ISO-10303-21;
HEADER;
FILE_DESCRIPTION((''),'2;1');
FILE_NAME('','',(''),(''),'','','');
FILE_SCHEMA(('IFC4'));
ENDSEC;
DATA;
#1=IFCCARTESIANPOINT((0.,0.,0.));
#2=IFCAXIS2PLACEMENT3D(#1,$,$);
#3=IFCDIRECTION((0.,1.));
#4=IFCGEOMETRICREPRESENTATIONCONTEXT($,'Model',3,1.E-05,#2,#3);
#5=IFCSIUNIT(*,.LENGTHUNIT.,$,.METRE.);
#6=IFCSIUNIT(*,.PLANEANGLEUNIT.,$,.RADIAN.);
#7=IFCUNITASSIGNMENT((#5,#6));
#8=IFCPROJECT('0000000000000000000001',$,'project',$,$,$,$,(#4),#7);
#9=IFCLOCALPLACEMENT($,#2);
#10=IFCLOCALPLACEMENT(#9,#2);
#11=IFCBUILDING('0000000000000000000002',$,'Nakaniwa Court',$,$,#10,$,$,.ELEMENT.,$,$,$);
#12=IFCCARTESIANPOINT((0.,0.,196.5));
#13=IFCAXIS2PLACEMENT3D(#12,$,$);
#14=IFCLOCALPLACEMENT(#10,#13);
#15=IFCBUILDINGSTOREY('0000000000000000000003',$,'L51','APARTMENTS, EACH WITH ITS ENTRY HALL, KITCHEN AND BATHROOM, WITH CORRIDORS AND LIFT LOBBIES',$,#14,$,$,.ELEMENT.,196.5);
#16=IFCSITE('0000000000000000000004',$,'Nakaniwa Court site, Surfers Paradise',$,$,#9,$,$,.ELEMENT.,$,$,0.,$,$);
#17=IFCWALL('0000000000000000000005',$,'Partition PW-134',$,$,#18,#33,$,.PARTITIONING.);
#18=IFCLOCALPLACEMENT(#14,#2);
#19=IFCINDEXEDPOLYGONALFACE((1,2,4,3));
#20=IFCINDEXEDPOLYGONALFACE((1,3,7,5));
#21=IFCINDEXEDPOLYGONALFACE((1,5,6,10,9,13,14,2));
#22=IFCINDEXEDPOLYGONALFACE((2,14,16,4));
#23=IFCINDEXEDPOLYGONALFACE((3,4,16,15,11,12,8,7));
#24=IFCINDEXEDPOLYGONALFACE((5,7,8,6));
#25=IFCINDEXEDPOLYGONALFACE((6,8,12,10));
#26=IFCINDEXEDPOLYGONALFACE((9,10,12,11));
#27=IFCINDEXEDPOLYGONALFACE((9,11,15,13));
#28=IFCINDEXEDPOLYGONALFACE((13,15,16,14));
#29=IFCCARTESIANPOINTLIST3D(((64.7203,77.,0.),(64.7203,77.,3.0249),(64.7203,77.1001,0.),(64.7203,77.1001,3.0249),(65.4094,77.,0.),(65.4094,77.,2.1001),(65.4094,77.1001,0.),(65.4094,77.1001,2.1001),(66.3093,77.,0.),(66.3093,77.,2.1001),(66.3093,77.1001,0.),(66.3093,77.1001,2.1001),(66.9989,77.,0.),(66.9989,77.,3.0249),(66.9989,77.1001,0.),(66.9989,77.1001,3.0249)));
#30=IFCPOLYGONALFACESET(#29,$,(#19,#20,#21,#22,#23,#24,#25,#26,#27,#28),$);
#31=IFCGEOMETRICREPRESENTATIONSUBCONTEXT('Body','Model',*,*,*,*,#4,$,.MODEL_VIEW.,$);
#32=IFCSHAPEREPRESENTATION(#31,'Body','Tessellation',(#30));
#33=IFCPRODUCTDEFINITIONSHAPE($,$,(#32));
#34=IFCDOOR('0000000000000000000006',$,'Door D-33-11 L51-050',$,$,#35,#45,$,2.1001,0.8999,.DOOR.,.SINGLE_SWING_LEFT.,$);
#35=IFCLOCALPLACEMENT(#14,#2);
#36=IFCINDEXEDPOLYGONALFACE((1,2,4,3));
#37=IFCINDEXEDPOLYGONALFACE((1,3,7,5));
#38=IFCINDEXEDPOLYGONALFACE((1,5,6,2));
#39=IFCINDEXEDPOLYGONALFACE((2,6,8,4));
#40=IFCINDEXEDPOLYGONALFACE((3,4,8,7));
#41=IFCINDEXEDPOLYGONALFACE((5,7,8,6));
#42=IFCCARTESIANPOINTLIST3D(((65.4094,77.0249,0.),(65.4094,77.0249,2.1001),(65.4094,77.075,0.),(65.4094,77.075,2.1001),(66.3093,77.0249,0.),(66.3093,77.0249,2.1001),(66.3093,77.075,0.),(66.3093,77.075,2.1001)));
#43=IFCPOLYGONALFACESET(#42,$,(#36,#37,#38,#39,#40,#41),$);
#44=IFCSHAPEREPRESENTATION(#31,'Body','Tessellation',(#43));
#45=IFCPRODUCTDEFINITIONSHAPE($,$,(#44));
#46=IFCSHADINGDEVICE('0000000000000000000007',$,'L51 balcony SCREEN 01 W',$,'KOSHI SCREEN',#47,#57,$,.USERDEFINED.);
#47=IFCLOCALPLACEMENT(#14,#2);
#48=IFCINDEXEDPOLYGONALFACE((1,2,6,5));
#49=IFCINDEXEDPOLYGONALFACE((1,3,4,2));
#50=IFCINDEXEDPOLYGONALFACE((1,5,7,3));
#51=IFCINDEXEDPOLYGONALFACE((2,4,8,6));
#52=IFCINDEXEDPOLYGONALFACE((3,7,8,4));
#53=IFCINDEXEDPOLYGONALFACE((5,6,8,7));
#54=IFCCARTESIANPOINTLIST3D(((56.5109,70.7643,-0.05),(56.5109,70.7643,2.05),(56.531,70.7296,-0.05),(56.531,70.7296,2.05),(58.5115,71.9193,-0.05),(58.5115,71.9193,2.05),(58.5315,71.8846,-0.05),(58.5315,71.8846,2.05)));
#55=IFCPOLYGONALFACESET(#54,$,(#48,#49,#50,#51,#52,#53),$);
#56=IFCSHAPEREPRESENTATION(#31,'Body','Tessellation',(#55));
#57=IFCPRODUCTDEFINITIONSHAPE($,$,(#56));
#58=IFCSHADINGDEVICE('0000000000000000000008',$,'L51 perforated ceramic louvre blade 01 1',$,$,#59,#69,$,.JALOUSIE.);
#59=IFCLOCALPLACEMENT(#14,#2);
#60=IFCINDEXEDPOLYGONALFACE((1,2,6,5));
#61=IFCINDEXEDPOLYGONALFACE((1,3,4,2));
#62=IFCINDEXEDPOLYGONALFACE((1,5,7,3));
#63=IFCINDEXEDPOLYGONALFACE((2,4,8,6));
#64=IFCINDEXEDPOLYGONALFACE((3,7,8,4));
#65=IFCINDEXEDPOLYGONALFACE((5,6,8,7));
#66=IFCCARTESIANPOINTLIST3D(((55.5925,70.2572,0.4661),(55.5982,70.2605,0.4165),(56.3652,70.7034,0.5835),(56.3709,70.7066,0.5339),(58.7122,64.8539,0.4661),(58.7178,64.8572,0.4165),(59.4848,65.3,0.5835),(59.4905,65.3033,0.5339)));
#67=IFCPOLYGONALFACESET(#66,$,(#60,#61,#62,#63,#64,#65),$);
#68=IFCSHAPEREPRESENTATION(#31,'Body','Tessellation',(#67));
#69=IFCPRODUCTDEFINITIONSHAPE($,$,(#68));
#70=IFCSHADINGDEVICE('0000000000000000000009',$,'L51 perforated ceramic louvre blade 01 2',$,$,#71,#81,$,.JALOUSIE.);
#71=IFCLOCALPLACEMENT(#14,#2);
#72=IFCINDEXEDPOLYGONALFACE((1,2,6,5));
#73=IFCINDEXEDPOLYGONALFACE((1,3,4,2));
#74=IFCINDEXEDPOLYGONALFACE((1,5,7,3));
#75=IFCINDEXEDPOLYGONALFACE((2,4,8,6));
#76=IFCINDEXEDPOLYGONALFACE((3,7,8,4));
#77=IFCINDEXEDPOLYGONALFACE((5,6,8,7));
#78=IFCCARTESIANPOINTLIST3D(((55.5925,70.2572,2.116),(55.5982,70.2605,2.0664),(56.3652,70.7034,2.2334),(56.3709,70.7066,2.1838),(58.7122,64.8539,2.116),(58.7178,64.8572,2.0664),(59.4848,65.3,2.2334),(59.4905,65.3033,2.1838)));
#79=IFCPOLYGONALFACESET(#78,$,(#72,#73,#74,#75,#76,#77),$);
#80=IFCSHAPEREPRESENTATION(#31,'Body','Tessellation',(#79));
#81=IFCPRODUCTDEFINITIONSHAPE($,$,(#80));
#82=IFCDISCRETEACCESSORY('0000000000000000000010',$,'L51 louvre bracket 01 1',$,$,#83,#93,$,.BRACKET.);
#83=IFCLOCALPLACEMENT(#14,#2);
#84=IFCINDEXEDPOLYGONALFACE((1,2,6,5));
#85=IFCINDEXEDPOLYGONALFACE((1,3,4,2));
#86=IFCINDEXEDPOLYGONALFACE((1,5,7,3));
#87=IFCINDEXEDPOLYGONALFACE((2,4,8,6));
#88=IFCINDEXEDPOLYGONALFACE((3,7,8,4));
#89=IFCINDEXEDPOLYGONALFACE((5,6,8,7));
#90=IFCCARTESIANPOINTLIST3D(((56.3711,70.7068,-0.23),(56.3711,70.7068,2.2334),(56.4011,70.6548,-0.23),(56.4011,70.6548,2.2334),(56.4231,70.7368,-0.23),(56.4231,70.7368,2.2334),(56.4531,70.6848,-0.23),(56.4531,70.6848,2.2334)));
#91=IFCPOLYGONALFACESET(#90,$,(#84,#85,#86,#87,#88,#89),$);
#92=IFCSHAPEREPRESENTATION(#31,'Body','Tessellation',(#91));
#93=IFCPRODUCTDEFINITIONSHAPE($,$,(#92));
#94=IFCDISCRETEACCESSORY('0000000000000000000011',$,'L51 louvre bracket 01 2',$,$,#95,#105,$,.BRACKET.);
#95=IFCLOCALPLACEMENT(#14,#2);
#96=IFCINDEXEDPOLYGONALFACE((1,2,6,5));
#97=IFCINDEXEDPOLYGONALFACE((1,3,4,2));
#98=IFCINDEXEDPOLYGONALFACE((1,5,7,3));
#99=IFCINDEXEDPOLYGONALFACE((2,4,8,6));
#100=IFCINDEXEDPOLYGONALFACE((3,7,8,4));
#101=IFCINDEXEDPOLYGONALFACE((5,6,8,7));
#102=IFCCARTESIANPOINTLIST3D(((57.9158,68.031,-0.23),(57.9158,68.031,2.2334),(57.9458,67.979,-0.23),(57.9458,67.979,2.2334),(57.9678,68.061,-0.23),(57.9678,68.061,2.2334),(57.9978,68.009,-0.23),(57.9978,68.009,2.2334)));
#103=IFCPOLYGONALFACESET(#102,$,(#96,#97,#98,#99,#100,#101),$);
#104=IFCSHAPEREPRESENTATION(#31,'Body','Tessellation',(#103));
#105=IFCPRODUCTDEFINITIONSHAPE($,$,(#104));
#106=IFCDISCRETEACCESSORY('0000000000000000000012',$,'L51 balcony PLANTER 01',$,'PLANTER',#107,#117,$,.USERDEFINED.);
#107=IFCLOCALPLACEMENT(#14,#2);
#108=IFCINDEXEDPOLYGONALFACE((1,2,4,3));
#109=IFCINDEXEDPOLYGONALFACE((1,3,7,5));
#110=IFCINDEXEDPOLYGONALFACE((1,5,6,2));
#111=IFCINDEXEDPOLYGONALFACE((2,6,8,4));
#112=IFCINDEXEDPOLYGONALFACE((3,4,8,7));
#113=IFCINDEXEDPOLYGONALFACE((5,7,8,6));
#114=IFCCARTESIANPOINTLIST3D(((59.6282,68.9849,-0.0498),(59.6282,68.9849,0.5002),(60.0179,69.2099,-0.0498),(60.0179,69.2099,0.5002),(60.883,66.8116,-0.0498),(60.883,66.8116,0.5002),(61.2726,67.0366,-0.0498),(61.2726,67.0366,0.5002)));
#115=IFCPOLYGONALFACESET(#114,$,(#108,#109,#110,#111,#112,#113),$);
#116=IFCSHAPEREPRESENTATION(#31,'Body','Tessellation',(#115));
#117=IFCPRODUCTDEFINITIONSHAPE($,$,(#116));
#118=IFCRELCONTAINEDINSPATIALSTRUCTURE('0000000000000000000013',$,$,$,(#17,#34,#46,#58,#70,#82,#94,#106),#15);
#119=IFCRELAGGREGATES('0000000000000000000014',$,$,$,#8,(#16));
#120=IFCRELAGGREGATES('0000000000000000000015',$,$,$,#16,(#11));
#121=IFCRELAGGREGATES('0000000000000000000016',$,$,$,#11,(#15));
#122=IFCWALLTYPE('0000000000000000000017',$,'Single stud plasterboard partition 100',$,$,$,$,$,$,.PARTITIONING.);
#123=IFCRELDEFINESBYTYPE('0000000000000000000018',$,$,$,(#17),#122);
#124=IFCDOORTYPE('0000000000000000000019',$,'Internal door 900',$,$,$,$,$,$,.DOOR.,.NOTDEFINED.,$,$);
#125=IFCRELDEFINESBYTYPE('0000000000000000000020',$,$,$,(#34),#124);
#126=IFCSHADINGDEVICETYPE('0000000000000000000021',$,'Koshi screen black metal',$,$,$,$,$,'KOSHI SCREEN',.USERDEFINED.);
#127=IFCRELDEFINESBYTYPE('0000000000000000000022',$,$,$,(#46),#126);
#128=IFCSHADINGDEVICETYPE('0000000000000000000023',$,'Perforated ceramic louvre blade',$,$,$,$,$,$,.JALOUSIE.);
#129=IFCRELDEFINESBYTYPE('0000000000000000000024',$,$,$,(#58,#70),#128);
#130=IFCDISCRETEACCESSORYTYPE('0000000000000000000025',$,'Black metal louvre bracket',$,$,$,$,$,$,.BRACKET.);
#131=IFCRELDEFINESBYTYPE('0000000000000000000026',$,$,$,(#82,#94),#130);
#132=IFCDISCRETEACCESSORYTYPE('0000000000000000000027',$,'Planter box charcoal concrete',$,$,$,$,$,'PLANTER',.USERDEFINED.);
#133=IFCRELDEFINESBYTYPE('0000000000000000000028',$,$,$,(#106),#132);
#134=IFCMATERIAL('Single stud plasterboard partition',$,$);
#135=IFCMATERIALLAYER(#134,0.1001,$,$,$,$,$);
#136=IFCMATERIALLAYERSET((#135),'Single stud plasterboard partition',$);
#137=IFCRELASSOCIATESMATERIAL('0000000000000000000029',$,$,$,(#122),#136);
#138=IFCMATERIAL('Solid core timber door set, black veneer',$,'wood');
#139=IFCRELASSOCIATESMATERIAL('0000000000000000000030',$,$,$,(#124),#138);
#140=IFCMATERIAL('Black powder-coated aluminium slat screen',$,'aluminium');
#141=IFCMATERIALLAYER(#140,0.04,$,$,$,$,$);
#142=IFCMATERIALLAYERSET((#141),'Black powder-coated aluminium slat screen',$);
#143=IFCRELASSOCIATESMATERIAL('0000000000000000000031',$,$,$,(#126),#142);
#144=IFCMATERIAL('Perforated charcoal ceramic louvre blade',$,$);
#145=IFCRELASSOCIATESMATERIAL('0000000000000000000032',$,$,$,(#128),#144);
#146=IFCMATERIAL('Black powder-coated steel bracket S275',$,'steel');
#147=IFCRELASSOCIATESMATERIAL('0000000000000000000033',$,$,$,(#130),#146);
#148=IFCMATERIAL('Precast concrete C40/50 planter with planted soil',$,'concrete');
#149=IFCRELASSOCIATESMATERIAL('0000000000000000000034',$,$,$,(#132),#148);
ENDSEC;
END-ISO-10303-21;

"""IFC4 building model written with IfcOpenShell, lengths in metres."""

from ifc_helpers import new_model, si_unit, direction, frame, frame_2d, origin, origin_2d, place, context, subcontext, project, spatial, rectangle, extrude, material, layer, layer_set, material_profile, profile_set, type_object, element, fill, save


model = new_model("IFC4")

# Units and contexts
model_context = context("Model", 3, precision=1e-05, world=origin(), true_north=direction((0.0, 1.0)))
body_context = subcontext(model_context, "Body", "Model", "MODEL_VIEW")
ifc_project = project(units=[si_unit("LENGTHUNIT", "METRE"), si_unit("PLANEANGLEUNIT", "RADIAN")], contexts=[model_context])

# Site, building, storey
site_placement = place(None, origin())
site = spatial("IfcSite", under=ifc_project, at=site_placement, Name="Nakaniwa Court site, Surfers Paradise", CompositionType="ELEMENT", RefElevation=0.0)
building_placement = place(site_placement, origin())
building = spatial("IfcBuilding", under=site, at=building_placement, Name="Nakaniwa Court", CompositionType="ELEMENT")
storey_placement = place(building_placement, frame((0.0, 0.0, 196.5)))
storey = spatial("IfcBuildingStorey", under=building, at=storey_placement, Name="L51", Description="APARTMENTS, EACH WITH ITS ENTRY HALL, KITCHEN AND BATHROOM, WITH CORRIDORS AND LIFT LOBBIES", CompositionType="ELEMENT", Elevation=196.5)

# Shared definitions
ifc_material_1 = material(Name="Solid core timber door set, black veneer", Category="wood")

# Shared definitions
ifc_material_2 = material(Name="Single stud plasterboard partition")
ifc_layer_1 = layer(ifc_material_2, 0.1001)
ifc_layer_set_1 = layer_set([ifc_layer_1], Name="Single stud plasterboard partition")
wall_type_1 = type_object("IfcWallType", Name="Single stud plasterboard partition 100", PredefinedType="PARTITIONING", material=ifc_layer_set_1)
door_type_1 = type_object("IfcDoorType", Name="Internal door 900", OperationType="NOTDEFINED", PredefinedType="DOOR", material=ifc_material_1)

# Wall, opening, door
wall_1_placement = place(storey_placement, frame((64.7205, 77.05, 0.0), z_axis=(0.0, 0.0, 1.0), x_axis=(1.0, 0.0, 0.0)))
wall_1 = element("IfcWall", 1, at=wall_1_placement, inside=storey, type_object=wall_type_1, Name="Partition PW-134", PredefinedType="PARTITIONING", context=body_context, shape_type="SweptSolid", body=[
    extrude(rectangle(XDim=2.2786, YDim=0.1001, at=frame_2d((1.1392, 0.0))), origin(), (0.0, 0.0, 1.0), 3.0249),
])
opening_1_placement = place(wall_1_placement, frame((0.689, 0.0, 0.0)))
opening_1 = element("IfcOpeningElement", 2, at=opening_1_placement, cuts=wall_1, PredefinedType="OPENING", context=body_context, shape_type="SweptSolid", body=[
    extrude(rectangle(XDim=0.8999, YDim=2.1001, at=frame_2d((0.45, 1.05))), frame((0.0, 0.0601, 0.0), z_axis=(0.0, -1.0, 0.0), x_axis=(1.0, 0.0, 0.0)), (0.0, 0.0, 1.0), 0.1201),
])
door_1_placement = place(opening_1_placement, origin())
door_1 = element("IfcDoor", 3, at=door_1_placement, inside=storey, type_object=door_type_1, Name="Door D-33-11 L51-050", OperationType="SINGLE_SWING_LEFT", OverallHeight=2.1001, OverallWidth=0.8999, PredefinedType="DOOR", context=body_context, shape_type="SweptSolid", body=[
    extrude(rectangle(XDim=0.8999, YDim=2.1001, at=frame_2d((0.45, 1.05))), frame((0.0, 0.0249, 0.0), z_axis=(0.0, -1.0, 0.0), x_axis=(1.0, 0.0, 0.0)), (0.0, 0.0, 1.0), 0.05),
])
fill(opening_1, door_1)

# Shading devices
ifc_material_3 = material(Name="Black powder-coated aluminium slat screen", Category="aluminium")
ifc_layer_2 = layer(ifc_material_3, 0.04)
ifc_layer_set_2 = layer_set([ifc_layer_2], Name="Black powder-coated aluminium slat screen")
shading_device_type_1 = type_object("IfcShadingDeviceType", Name="Koshi screen black metal", ElementType="KOSHI SCREEN", PredefinedType="USERDEFINED", material=ifc_layer_set_2)
shading_device_placement = place(storey_placement, frame((57.5212, 71.3245, -0.05), z_axis=(0.0, 0.0, 1.0), x_axis=(0.499986, -0.866033, 0.0)))
element("IfcShadingDevice", 4, at=shading_device_placement, inside=storey, type_object=shading_device_type_1, Name="L51 balcony SCREEN 01 W", ObjectType="KOSHI SCREEN", PredefinedType="USERDEFINED", context=body_context, shape_type="SweptSolid", body=[
    extrude(rectangle(XDim=0.04, YDim=2.3101, at=origin_2d()), origin(), (0.0, 0.0, 1.0), 2.1001),
])
ifc_material_4 = material(Name="Perforated charcoal ceramic louvre blade")
ifc_material_profile_1 = material_profile(ifc_material_4, rectangle(XDim=0.8999, YDim=0.05, at=origin_2d()), Name="Perforated ceramic louvre blade")
ifc_profile_set_1 = profile_set([ifc_material_profile_1], Name="Perforated charcoal ceramic louvre blade")
shading_device_type_2 = type_object("IfcShadingDeviceType", Name="Perforated ceramic louvre blade", PredefinedType="JALOUSIE", material=ifc_profile_set_1)
for number, where, z_axis, x_axis, name in (
    (5, (55.9817, 70.4819, 0.5), (0.500002, -0.866024, 0.0), (0.858615, 0.495725, 0.130526), "L51 perforated ceramic louvre blade 01 1"),
    (6, (55.9817, 70.4819, 2.1499), (0.500002, -0.866024, 0.0), (0.858615, 0.495725, 0.130526), "L51 perforated ceramic louvre blade 01 2"),
):
    element("IfcShadingDevice", number, at=place(storey_placement, frame(where, z_axis=z_axis, x_axis=x_axis)), inside=storey, type_object=shading_device_type_2, Name=name, PredefinedType="JALOUSIE", context=body_context, shape_type="SweptSolid", body=[
        extrude(rectangle(XDim=0.8999, YDim=0.05, at=origin_2d()), origin(), (0.0, 0.0, 1.0), 6.2393),
    ])

# Discrete accessories
ifc_material_5 = material(Name="Black powder-coated steel bracket S275", Category="steel")
discrete_accessory_type_1 = type_object("IfcDiscreteAccessoryType", Name="Black metal louvre bracket", PredefinedType="BRACKET", material=ifc_material_5)
for number, where, z_axis, x_axis, name in (
    (7, (56.4121, 70.6958, -0.23), (0.0, 0.0, 1.0), (0.499986, -0.866033, 0.0), "L51 louvre bracket 01 1"),
    (8, (57.9568, 68.02, -0.23), (0.0, 0.0, 1.0), (0.499986, -0.866033, 0.0), "L51 louvre bracket 01 2"),
):
    element("IfcDiscreteAccessory", number, at=place(storey_placement, frame(where, z_axis=z_axis, x_axis=x_axis)), inside=storey, type_object=discrete_accessory_type_1, Name=name, PredefinedType="BRACKET", context=body_context, shape_type="SweptSolid", body=[
        extrude(rectangle(XDim=0.0601, YDim=0.0601, at=origin_2d()), origin(), (0.0, 0.0, 1.0), 2.4634),
    ])
ifc_material_6 = material(Name="Precast concrete C40/50 planter with planted soil", Category="concrete")
discrete_accessory_type_2 = type_object("IfcDiscreteAccessoryType", Name="Planter box charcoal concrete", ElementType="PLANTER", PredefinedType="USERDEFINED", material=ifc_material_6)
discrete_accessory_placement = place(storey_placement, frame((60.4504, 68.0107, -0.0498), z_axis=(0.0, 0.0, 1.0), x_axis=(0.499986, -0.866033, 0.0)))
element("IfcDiscreteAccessory", 9, at=discrete_accessory_placement, inside=storey, type_object=discrete_accessory_type_2, Name="L51 balcony PLANTER 01", ObjectType="PLANTER", PredefinedType="USERDEFINED", context=body_context, shape_type="SweptSolid", body=[
    extrude(rectangle(XDim=2.5095, YDim=0.45, at=origin_2d()), origin(), (0.0, 0.0, 1.0), 0.55),
])

save(model, "model.ifc")
